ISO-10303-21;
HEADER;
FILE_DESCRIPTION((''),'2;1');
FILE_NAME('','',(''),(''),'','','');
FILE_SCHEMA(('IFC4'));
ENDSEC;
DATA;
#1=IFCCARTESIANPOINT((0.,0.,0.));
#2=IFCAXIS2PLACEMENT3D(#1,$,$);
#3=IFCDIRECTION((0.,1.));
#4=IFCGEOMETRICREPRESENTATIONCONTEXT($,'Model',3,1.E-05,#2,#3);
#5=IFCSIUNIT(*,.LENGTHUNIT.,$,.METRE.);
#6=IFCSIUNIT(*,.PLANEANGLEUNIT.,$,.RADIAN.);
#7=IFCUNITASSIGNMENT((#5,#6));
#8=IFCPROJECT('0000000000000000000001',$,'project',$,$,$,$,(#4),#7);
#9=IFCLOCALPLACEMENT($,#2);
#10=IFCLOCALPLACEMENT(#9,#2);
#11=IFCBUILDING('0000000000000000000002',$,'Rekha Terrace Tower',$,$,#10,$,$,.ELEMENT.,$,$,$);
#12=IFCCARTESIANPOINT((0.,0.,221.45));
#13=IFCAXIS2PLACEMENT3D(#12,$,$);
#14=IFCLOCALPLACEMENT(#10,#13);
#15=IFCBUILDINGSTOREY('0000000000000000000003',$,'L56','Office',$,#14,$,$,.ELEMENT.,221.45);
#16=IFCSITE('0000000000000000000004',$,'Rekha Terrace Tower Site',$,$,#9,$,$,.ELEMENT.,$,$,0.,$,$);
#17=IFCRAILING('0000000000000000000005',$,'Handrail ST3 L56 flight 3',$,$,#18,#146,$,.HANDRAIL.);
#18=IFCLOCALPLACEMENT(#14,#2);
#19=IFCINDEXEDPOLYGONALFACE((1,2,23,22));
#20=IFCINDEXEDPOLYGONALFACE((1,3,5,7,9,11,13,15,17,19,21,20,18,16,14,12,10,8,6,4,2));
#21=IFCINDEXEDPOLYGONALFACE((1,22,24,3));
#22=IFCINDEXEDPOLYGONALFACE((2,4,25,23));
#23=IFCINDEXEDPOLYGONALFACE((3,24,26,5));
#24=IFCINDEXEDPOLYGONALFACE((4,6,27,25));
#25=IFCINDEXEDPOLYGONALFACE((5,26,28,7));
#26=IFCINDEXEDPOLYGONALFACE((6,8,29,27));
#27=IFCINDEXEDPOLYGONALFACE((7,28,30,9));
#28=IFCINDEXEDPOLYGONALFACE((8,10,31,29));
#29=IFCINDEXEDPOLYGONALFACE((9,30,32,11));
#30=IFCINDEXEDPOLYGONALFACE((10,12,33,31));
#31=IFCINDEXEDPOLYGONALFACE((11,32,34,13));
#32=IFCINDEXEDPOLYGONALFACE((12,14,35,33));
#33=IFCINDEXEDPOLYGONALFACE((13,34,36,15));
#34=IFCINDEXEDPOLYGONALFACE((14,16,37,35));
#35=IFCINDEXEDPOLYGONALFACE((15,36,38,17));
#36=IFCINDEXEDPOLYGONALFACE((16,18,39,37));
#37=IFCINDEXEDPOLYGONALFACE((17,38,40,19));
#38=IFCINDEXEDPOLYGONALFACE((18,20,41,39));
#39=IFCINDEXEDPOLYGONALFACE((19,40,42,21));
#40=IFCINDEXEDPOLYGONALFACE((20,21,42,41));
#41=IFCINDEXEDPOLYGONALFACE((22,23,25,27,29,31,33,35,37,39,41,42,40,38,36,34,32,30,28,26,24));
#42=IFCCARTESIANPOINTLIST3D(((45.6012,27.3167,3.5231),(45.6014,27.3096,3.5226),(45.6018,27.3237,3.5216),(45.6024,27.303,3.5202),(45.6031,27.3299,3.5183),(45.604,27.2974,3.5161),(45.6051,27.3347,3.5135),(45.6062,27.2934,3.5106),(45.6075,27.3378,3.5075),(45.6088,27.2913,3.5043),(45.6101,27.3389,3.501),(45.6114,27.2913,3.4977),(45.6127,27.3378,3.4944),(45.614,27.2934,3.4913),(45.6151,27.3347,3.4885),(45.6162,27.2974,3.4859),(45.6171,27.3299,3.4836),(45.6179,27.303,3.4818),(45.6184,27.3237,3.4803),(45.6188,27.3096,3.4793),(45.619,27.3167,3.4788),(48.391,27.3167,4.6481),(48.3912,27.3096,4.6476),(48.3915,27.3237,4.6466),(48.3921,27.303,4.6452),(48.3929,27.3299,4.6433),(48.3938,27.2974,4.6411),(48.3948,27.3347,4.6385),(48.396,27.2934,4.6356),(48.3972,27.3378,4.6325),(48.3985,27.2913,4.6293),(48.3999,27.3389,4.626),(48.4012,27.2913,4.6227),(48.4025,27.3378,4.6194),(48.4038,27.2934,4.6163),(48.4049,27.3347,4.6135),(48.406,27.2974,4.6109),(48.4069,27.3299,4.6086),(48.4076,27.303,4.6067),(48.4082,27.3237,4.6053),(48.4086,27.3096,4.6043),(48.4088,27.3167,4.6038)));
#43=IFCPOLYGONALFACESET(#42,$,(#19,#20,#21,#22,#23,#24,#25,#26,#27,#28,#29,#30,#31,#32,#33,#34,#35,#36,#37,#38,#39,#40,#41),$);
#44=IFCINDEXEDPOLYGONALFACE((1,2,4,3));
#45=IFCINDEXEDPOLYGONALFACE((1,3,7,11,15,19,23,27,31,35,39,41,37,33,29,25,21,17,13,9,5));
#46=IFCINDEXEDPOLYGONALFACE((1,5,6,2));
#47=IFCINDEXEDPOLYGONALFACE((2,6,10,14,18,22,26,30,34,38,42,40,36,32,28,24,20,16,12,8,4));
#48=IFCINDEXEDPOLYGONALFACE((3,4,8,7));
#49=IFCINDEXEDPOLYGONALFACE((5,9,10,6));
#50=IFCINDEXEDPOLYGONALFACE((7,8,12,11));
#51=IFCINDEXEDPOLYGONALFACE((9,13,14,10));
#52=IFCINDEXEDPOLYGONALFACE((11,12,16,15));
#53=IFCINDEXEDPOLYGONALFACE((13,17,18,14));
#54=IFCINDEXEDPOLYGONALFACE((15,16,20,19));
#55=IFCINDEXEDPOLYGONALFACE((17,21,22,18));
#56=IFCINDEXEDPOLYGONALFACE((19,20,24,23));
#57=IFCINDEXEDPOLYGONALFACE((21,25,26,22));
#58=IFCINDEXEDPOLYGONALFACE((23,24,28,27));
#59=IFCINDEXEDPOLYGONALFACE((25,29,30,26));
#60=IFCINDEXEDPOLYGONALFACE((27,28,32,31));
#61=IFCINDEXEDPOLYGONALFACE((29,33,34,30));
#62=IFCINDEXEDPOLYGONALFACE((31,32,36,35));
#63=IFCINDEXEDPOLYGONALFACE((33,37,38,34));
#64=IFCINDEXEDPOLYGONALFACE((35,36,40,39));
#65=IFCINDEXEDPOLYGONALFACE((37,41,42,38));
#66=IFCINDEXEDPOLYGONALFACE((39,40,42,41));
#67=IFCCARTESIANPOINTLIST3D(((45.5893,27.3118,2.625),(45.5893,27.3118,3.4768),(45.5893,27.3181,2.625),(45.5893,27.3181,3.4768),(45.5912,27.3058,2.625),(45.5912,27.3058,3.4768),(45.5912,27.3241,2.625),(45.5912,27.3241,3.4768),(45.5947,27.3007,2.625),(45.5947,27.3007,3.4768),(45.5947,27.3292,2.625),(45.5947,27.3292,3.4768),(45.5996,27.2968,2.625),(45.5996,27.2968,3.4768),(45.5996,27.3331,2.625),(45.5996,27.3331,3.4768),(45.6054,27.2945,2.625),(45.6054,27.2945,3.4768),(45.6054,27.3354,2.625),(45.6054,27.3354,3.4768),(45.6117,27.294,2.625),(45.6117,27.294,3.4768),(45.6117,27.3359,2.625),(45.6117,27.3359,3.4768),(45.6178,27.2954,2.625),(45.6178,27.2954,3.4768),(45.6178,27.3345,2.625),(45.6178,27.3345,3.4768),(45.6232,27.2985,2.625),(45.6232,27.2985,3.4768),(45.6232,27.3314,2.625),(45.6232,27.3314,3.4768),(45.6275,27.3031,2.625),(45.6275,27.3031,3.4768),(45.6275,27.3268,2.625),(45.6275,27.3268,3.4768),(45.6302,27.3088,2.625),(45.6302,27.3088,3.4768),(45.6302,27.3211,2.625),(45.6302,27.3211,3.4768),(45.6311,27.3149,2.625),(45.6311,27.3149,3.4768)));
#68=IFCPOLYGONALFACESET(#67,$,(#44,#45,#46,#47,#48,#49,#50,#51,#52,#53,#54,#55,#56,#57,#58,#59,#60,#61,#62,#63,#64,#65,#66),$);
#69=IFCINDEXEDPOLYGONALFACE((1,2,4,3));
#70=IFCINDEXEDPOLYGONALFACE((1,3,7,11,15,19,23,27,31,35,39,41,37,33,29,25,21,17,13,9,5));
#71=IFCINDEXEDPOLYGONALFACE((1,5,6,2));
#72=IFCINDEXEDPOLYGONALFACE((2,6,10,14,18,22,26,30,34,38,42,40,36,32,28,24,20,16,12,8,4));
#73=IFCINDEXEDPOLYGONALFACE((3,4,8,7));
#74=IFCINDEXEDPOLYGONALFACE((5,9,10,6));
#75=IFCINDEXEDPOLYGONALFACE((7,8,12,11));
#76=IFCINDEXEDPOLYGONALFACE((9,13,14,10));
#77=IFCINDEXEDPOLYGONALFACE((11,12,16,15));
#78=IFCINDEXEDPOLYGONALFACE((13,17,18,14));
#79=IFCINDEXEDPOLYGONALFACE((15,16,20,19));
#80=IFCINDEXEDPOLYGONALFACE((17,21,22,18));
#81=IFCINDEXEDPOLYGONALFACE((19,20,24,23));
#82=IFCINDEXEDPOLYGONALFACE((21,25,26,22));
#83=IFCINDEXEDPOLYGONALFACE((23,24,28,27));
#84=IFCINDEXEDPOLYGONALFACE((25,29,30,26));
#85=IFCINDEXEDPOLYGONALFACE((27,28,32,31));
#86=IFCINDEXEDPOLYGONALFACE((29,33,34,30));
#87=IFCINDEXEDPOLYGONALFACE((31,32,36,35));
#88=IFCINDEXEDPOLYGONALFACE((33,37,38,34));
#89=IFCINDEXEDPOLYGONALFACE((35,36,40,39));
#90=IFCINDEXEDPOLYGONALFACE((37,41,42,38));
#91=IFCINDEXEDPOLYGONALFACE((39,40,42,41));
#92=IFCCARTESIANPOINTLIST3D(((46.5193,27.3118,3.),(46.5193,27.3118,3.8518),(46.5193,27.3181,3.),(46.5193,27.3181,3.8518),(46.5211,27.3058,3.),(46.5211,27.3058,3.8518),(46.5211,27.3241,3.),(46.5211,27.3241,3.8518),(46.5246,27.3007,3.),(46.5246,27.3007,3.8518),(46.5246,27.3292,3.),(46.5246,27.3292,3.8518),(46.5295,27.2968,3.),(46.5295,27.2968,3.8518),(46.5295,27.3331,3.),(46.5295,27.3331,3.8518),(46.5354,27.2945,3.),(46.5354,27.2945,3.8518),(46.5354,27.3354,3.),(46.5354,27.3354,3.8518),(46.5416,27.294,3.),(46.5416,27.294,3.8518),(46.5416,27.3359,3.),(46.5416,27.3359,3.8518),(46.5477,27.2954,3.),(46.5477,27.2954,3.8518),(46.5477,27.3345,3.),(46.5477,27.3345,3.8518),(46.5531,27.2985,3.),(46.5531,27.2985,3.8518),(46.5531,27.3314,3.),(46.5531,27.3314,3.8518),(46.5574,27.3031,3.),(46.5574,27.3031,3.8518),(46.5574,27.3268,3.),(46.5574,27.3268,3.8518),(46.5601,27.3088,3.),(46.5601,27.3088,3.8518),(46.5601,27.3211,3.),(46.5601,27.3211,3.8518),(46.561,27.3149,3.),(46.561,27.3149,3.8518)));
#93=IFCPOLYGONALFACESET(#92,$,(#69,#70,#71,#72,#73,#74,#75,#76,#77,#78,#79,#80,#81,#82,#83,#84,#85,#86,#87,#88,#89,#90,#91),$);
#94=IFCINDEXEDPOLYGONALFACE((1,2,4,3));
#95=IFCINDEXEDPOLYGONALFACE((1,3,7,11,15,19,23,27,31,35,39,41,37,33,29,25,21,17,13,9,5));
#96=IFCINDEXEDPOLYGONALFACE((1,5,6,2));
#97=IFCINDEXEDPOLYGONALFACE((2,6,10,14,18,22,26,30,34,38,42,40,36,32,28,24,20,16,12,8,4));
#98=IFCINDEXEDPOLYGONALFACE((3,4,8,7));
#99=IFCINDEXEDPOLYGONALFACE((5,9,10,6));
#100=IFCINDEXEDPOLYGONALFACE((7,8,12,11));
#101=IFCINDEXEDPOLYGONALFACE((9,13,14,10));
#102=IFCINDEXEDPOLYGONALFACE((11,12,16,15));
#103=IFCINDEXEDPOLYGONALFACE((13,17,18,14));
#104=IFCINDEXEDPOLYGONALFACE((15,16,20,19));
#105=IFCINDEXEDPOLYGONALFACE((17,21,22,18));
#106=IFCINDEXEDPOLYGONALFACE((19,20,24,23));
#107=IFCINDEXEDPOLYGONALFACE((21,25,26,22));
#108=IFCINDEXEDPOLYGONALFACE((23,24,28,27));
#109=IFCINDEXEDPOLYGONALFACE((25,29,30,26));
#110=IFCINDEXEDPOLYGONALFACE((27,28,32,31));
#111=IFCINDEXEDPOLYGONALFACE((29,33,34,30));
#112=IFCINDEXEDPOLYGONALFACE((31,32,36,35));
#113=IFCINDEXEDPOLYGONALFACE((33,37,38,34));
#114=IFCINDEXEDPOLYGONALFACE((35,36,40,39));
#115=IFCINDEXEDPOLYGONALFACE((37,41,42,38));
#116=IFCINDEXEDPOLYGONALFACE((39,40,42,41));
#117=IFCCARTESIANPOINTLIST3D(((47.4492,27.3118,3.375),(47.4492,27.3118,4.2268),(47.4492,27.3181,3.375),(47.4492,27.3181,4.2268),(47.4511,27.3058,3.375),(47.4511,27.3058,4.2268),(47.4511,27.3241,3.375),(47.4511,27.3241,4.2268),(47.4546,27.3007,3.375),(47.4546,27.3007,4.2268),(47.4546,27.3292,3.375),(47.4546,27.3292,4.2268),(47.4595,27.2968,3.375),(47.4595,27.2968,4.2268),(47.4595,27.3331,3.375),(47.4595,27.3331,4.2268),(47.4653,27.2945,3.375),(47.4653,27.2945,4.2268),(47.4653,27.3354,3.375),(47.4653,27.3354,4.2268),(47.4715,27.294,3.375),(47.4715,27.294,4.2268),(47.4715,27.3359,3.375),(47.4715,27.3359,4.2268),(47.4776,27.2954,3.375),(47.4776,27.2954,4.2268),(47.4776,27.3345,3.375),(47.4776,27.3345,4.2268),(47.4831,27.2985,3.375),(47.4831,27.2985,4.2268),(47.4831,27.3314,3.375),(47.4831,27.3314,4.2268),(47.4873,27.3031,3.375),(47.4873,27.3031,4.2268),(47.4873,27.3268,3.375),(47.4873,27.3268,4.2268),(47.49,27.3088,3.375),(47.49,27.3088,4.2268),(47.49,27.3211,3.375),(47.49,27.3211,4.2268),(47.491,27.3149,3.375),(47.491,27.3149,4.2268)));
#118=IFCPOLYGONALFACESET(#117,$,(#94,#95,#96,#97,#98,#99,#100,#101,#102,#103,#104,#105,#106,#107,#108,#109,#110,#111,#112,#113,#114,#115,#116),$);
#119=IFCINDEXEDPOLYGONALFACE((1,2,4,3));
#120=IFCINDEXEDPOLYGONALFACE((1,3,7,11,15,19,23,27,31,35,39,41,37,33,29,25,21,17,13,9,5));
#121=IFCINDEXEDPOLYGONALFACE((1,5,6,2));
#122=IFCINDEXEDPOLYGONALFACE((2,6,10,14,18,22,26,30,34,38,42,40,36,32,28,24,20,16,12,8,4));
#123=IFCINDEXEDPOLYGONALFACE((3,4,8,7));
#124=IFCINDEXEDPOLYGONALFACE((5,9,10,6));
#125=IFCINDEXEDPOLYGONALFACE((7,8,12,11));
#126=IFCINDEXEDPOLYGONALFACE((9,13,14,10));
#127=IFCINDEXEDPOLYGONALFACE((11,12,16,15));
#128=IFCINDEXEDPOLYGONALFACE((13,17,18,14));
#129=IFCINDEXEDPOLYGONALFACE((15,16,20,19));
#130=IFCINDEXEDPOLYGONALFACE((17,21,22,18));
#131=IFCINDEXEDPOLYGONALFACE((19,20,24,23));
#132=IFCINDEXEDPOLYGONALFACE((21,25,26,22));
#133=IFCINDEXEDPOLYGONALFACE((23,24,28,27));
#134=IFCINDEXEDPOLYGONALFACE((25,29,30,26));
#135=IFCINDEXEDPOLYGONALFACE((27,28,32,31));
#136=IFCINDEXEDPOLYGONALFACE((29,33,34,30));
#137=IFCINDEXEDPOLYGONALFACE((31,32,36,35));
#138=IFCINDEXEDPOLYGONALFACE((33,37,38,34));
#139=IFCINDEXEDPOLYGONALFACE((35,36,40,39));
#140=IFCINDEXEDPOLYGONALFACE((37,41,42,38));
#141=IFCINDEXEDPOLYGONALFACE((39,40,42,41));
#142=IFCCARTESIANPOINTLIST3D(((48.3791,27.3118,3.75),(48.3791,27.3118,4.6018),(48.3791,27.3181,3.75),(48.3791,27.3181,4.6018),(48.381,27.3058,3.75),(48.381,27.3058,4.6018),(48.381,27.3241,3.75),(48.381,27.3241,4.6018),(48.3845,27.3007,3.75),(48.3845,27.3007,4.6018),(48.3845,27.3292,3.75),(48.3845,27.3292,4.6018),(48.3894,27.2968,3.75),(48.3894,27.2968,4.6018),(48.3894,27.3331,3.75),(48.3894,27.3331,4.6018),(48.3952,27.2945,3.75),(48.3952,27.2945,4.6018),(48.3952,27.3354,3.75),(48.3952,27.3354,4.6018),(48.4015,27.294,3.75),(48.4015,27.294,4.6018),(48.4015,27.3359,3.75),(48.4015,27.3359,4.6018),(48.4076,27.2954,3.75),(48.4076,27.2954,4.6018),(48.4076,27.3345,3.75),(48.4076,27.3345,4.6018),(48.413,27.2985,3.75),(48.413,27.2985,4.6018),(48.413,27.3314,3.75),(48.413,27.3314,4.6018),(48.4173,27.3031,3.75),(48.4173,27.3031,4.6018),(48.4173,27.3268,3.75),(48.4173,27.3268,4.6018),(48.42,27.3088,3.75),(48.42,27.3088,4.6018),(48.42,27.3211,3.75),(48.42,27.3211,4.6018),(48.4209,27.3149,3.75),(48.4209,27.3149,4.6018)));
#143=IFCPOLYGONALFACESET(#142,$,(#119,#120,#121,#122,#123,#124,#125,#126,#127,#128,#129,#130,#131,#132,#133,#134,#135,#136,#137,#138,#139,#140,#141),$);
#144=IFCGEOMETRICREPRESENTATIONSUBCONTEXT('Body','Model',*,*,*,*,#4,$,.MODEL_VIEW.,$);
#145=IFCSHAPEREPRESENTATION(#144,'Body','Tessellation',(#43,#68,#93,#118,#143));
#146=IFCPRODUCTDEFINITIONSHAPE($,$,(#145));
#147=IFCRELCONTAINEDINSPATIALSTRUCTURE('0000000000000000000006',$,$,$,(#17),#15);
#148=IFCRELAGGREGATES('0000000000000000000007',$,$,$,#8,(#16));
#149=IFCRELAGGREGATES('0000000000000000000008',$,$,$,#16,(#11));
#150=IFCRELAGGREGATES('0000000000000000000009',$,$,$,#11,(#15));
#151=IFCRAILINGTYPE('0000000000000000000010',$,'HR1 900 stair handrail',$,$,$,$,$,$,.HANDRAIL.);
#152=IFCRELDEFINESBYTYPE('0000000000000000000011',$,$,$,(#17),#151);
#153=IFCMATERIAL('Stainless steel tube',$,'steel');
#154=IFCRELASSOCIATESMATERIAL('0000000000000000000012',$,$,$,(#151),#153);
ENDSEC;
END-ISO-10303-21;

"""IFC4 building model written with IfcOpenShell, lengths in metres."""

from ifc_helpers import new_model, si_unit, direction, frame, origin, origin_2d, place, context, subcontext, project, spatial, circle, extrude, material, type_object, element, save


model = new_model("IFC4")

# Units and contexts
model_context = context("Model", 3, precision=1e-05, world=origin(), true_north=direction((0.0, 1.0)))
body_context = subcontext(model_context, "Body", "Model", "MODEL_VIEW")
ifc_project = project(units=[si_unit("LENGTHUNIT", "METRE"), si_unit("PLANEANGLEUNIT", "RADIAN")], contexts=[model_context])

# Site, building, storey
site_placement = place(None, origin())
site = spatial("IfcSite", under=ifc_project, at=site_placement, Name="Rekha Terrace Tower Site", CompositionType="ELEMENT", RefElevation=0.0)
building_placement = place(site_placement, origin())
building = spatial("IfcBuilding", under=site, at=building_placement, Name="Rekha Terrace Tower", CompositionType="ELEMENT")
storey_placement = place(building_placement, frame((0.0, 0.0, 221.45)))
storey = spatial("IfcBuildingStorey", under=building, at=storey_placement, Name="L56", Description="Office", CompositionType="ELEMENT", Elevation=221.45)

# Railing
ifc_material_1 = material(Name="Stainless steel tube", Category="steel")
railing_type_1 = type_object("IfcRailingType", Name="HR1 900 stair handrail", PredefinedType="HANDRAIL", material=ifc_material_1)
railing_1_placement = place(storey_placement, frame((45.6101, 27.3149, 2.625)))
element("IfcRailing", 1, at=railing_1_placement, inside=storey, type_object=railing_type_1, Name="Handrail ST3 L56 flight 3", PredefinedType="HANDRAIL", context=body_context, shape_type="SweptSolid", body=[
    extrude(circle(Radius=0.0239, at=origin_2d()), frame((0.0, 0.0, 0.876), z_axis=(0.927432, 0.0, 0.373992), x_axis=(0.0, 1.0, 0.0)), (0.0, 0.0, 1.0), 3.0081),
    extrude(circle(Radius=0.021, at=origin_2d()), origin(), (0.0, 0.0, 1.0), 0.8518),
    extrude(circle(Radius=0.021, at=origin_2d()), frame((0.9299, 0.0, 0.375)), (0.0, 0.0, 1.0), 0.8518),
    extrude(circle(Radius=0.021, at=origin_2d()), frame((1.8599, 0.0, 0.75)), (0.0, 0.0, 1.0), 0.8518),
    extrude(circle(Radius=0.021, at=origin_2d()), frame((2.7898, 0.0, 1.125)), (0.0, 0.0, 1.0), 0.8518),
])

save(model, "model.ifc")
